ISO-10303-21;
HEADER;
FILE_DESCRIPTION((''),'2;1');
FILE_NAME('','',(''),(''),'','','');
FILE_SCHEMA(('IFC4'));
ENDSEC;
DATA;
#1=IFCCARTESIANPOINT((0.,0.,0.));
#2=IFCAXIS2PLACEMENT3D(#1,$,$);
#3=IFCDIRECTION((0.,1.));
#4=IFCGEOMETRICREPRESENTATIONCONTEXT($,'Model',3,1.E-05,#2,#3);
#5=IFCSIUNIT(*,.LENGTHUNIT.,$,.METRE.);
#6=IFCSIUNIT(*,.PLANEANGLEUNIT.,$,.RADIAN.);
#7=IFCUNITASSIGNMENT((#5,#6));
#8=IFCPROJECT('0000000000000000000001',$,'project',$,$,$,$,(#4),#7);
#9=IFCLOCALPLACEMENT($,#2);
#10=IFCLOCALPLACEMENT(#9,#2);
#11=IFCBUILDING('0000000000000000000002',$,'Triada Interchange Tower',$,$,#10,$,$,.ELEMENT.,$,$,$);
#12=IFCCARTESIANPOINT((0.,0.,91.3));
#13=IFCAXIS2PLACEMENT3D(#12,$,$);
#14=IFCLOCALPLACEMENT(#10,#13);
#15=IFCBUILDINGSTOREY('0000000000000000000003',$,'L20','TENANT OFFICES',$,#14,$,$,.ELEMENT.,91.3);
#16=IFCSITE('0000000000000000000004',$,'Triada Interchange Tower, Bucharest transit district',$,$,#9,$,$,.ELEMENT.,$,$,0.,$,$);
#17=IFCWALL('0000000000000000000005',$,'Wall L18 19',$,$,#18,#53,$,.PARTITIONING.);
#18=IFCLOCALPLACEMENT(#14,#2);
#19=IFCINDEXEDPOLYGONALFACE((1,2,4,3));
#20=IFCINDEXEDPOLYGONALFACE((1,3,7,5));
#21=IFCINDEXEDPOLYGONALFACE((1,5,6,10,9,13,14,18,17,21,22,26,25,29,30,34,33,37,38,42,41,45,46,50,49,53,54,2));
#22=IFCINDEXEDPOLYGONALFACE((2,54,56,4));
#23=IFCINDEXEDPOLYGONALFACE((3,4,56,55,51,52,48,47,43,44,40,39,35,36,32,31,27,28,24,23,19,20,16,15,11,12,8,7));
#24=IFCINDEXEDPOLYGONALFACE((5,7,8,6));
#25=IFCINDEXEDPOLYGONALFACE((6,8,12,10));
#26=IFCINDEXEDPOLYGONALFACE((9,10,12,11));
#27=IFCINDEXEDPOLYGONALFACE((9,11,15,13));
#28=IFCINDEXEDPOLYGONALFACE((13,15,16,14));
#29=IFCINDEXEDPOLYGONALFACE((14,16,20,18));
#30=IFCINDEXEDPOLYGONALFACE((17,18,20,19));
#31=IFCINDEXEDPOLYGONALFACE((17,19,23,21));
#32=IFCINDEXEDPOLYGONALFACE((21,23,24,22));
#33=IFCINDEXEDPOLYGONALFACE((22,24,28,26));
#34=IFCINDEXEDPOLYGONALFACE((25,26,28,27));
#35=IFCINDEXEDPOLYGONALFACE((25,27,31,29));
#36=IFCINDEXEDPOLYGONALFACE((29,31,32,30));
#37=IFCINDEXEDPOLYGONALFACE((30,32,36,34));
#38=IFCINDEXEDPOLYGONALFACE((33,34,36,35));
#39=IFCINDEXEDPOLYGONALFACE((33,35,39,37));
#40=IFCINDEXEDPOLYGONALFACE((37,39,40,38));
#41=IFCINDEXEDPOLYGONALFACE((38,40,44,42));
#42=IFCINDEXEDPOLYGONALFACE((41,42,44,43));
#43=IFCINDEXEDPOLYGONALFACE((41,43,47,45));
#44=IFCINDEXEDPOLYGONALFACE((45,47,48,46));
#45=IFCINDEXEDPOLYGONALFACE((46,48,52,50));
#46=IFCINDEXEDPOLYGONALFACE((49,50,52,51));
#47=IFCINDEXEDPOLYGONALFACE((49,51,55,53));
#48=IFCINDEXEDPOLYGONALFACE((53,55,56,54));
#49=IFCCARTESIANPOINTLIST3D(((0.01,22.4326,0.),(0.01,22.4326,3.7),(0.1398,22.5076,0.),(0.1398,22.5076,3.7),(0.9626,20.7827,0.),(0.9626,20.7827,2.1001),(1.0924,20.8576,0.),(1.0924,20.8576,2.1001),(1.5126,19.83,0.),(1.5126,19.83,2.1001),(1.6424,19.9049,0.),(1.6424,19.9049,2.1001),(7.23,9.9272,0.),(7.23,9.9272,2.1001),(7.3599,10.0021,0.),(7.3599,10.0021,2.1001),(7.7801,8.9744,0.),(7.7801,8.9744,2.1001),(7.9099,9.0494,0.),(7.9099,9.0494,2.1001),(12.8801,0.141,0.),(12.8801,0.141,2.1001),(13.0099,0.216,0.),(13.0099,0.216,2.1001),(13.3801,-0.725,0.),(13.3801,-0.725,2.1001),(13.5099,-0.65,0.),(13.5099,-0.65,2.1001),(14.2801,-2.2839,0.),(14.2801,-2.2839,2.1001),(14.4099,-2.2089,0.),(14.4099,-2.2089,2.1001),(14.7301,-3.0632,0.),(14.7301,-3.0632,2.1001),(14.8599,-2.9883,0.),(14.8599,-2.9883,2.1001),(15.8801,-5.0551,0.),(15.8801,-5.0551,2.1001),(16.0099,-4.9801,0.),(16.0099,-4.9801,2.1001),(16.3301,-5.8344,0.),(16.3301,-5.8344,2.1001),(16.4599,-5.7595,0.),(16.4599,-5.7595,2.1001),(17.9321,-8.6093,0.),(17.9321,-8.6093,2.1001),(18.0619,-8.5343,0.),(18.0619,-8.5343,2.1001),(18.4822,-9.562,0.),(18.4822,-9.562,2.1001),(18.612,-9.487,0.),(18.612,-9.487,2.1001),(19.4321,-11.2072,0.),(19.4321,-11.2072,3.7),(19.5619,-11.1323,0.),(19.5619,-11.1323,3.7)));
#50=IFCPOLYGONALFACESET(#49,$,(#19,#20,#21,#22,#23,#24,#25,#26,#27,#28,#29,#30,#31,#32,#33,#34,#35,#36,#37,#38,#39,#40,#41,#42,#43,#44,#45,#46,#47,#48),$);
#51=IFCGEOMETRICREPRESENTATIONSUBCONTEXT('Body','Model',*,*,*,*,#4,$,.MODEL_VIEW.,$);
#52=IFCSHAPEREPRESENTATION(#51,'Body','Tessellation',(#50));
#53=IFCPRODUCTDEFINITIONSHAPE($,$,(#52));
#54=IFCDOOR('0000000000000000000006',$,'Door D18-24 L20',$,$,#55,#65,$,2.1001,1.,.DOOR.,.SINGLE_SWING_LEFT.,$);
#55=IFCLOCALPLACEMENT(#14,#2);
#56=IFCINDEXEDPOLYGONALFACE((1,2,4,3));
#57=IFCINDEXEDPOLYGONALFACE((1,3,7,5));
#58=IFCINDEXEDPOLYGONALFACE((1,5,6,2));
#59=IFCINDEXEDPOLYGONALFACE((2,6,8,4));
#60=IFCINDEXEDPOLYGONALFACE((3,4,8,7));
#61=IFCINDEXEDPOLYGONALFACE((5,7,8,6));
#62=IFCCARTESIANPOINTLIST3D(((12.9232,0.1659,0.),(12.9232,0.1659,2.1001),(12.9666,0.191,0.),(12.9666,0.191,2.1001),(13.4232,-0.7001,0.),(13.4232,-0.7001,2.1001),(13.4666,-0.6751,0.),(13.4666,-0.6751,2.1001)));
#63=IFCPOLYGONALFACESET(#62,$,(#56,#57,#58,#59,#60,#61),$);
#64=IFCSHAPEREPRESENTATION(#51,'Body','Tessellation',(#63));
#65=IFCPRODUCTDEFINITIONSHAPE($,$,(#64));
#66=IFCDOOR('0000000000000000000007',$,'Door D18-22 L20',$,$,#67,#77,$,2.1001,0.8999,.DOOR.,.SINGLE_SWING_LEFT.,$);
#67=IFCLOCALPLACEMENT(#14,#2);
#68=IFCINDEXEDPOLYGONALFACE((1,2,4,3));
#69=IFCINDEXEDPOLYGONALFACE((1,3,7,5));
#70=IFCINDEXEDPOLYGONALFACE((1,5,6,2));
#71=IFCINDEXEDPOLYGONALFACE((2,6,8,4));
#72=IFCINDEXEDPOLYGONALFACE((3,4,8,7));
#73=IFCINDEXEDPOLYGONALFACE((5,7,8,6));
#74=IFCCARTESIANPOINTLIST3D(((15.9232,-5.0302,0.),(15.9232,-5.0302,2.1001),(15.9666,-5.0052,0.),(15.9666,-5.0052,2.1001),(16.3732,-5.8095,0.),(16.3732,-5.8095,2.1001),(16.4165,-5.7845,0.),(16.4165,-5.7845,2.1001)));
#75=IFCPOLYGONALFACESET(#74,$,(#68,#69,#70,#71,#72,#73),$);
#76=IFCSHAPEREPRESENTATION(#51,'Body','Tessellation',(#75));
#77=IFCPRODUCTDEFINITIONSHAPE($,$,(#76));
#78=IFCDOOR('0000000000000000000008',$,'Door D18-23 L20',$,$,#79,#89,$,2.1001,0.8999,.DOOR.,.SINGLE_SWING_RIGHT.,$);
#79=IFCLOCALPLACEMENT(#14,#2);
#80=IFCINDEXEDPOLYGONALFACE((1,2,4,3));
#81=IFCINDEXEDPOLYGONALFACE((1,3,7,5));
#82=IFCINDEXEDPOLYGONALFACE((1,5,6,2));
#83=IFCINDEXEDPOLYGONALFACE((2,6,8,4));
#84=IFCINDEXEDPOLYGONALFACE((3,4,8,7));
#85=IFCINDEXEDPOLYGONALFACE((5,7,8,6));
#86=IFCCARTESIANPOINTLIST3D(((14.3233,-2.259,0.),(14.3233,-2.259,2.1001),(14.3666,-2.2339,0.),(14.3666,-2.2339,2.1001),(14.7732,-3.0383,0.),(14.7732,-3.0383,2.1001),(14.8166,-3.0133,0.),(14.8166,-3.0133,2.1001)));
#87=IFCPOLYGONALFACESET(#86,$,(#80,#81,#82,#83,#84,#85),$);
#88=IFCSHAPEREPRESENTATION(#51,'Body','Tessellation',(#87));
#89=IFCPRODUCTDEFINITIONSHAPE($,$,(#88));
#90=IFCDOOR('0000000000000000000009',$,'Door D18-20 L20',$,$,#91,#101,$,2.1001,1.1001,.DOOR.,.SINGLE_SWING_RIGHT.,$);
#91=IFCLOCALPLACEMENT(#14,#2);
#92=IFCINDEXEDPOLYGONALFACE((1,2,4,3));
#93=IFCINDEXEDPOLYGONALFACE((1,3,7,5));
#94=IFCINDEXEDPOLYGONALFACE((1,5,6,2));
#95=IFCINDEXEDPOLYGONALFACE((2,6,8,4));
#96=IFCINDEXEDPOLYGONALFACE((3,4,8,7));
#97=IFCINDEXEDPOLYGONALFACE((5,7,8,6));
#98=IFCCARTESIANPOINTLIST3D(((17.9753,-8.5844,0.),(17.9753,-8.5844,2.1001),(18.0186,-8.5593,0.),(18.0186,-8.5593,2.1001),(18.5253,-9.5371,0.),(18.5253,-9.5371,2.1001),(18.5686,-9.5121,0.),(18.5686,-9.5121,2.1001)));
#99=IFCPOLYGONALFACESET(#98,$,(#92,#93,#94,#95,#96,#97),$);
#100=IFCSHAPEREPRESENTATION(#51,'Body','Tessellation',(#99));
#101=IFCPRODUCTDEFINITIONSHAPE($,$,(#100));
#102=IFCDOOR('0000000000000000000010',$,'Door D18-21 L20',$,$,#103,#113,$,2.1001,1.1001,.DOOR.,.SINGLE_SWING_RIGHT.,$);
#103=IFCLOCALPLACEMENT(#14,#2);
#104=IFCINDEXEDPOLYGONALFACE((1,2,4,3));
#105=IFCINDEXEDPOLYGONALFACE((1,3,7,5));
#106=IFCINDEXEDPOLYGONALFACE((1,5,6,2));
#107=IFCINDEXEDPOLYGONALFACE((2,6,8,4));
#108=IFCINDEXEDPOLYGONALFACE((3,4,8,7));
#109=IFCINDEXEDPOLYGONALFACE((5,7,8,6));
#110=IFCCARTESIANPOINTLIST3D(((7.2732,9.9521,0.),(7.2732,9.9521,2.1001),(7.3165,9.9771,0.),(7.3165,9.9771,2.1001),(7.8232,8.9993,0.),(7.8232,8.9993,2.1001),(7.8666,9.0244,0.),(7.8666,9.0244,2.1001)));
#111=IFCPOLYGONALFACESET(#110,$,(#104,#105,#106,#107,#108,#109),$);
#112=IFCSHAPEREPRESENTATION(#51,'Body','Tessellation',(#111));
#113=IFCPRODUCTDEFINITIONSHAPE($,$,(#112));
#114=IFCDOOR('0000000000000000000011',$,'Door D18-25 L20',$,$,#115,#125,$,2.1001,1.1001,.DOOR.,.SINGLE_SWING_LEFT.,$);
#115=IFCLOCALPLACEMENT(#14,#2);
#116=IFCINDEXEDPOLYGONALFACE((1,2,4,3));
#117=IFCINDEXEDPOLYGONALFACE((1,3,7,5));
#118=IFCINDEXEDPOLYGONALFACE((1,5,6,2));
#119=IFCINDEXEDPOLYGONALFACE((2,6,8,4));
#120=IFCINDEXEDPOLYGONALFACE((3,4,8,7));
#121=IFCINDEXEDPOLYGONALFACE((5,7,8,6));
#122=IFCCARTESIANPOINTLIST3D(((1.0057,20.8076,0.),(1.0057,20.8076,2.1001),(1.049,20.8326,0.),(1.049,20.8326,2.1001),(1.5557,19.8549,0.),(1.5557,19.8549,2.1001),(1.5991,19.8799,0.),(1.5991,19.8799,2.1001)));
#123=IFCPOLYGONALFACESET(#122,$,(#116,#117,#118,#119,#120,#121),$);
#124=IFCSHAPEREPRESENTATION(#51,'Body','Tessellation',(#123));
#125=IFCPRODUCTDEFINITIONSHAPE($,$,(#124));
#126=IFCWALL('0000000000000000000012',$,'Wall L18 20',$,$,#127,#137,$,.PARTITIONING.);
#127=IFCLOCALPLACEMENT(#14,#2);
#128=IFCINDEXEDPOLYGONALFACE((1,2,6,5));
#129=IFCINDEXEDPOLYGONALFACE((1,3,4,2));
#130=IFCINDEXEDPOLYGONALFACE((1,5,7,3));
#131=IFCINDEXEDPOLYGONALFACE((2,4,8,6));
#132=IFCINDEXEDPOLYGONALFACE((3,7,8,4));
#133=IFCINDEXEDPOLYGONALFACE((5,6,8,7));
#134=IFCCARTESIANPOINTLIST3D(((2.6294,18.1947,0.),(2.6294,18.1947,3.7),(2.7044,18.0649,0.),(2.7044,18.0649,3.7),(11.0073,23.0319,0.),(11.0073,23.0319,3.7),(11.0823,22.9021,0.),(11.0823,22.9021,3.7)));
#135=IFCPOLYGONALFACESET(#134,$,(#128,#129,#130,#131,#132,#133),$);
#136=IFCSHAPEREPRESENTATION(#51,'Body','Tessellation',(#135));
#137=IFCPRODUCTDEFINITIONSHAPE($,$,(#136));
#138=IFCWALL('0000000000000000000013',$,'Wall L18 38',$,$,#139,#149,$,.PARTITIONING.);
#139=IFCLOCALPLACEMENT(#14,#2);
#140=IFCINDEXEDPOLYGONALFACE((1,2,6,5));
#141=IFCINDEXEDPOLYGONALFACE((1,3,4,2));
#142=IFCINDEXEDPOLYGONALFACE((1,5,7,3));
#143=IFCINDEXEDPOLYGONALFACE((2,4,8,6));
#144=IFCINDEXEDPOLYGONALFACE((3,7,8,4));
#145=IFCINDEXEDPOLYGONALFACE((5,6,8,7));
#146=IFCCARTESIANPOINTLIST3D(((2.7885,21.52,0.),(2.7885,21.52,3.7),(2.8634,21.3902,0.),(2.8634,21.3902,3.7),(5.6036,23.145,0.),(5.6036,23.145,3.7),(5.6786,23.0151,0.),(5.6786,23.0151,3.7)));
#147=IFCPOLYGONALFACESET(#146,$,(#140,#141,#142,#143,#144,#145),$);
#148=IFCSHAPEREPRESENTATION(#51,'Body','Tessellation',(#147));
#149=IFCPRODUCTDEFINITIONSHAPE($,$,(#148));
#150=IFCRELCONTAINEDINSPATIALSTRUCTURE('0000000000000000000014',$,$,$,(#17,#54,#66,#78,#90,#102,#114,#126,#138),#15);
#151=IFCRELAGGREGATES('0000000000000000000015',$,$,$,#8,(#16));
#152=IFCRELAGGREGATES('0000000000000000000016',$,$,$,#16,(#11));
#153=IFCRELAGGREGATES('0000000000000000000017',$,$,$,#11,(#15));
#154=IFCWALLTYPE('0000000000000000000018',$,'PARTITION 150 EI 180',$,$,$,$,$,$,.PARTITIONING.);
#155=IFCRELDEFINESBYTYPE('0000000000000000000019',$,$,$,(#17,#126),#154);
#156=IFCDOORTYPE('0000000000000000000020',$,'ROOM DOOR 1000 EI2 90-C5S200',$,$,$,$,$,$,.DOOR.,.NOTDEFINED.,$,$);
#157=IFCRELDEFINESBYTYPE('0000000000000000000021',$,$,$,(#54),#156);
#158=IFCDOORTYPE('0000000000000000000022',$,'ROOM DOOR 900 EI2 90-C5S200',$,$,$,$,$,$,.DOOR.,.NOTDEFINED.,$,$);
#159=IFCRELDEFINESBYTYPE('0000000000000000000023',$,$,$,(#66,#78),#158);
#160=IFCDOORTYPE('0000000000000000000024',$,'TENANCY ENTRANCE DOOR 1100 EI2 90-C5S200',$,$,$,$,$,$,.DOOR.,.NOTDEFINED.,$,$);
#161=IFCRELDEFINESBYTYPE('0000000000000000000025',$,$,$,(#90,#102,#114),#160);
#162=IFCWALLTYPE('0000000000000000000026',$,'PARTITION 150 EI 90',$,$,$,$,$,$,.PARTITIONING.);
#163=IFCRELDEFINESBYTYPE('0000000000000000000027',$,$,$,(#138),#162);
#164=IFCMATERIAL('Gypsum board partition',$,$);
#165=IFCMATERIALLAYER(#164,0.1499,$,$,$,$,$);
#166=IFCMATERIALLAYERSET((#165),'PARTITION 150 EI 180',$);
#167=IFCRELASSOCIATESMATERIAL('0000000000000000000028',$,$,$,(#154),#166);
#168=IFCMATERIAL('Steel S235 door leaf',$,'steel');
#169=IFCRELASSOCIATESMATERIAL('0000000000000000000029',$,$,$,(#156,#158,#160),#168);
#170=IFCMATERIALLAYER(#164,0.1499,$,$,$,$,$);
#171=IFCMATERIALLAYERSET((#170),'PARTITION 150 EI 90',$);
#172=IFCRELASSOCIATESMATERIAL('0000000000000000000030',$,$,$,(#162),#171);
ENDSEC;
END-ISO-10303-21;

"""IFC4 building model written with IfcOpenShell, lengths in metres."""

from ifc_helpers import new_model, si_unit, direction, frame, frame_2d, origin, place, context, subcontext, project, spatial, rectangle, extrude, material, layer, layer_set, type_object, element, fill, save


model = new_model("IFC4")

# Units and contexts
model_context = context("Model", 3, precision=1e-05, world=origin(), true_north=direction((0.0, 1.0)))
body_context = subcontext(model_context, "Body", "Model", "MODEL_VIEW")
ifc_project = project(units=[si_unit("LENGTHUNIT", "METRE"), si_unit("PLANEANGLEUNIT", "RADIAN")], contexts=[model_context])

# Site, building, storey
site_placement = place(None, origin())
site = spatial("IfcSite", under=ifc_project, at=site_placement, Name="Triada Interchange Tower, Bucharest transit district", CompositionType="ELEMENT", RefElevation=0.0)
building_placement = place(site_placement, origin())
building = spatial("IfcBuilding", under=site, at=building_placement, Name="Triada Interchange Tower", CompositionType="ELEMENT")
storey_placement = place(building_placement, frame((0.0, 0.0, 91.3)))
storey = spatial("IfcBuildingStorey", under=building, at=storey_placement, Name="L20", Description="TENANT OFFICES", CompositionType="ELEMENT", Elevation=91.3)

# Shared definitions
ifc_material_1 = material(Name="Steel S235 door leaf", Category="steel")

# Shared definitions
ifc_material_2 = material(Name="Gypsum board partition")
ifc_layer_1 = layer(ifc_material_2, 0.1499)
ifc_layer_set_1 = layer_set([ifc_layer_1], Name="PARTITION 150 EI 180")
wall_type_1 = type_object("IfcWallType", Name="PARTITION 150 EI 180", PredefinedType="PARTITIONING", material=ifc_layer_set_1)

# Wall, openings, doors
wall_1_placement = place(storey_placement, frame((0.075, 22.47, 0.0), z_axis=(0.0, 0.0, 1.0), x_axis=(0.500002, -0.866024, 0.0)))
wall_1 = element("IfcWall", 1, at=wall_1_placement, inside=storey, type_object=wall_type_1, Name="Wall L18 19", PredefinedType="PARTITIONING", context=body_context, shape_type="SweptSolid", body=[
    extrude(rectangle(XDim=38.844, YDim=0.1499, at=frame_2d((19.4219, 0.0))), origin(), (0.0, 0.0, 1.0), 3.7),
])
opening_1_placement = place(wall_1_placement, frame((35.844, 0.0, 0.0)))
opening_1 = element("IfcOpeningElement", 2, at=opening_1_placement, cuts=wall_1, PredefinedType="OPENING", context=body_context, shape_type="SweptSolid", body=[
    extrude(rectangle(XDim=1.1001, YDim=2.1001, at=frame_2d((0.55, 1.05))), frame((0.0, 0.085, 0.0), z_axis=(0.0, -1.0, 0.0), x_axis=(1.0, 0.0, 0.0)), (0.0, 0.0, 1.0), 0.1699),
])
opening_2_placement = place(wall_1_placement, frame((14.4399, 0.0, 0.0)))
opening_2 = element("IfcOpeningElement", 3, at=opening_2_placement, cuts=wall_1, PredefinedType="OPENING", context=body_context, shape_type="SweptSolid", body=[
    extrude(rectangle(XDim=1.1001, YDim=2.1001, at=frame_2d((0.55, 1.05))), frame((0.0, 0.085, 0.0), z_axis=(0.0, -1.0, 0.0), x_axis=(1.0, 0.0, 0.0)), (0.0, 0.0, 1.0), 0.1699),
])
opening_3_placement = place(wall_1_placement, frame((31.74, 0.0, 0.0)))
opening_3 = element("IfcOpeningElement", 4, at=opening_3_placement, cuts=wall_1, PredefinedType="OPENING", context=body_context, shape_type="SweptSolid", body=[
    extrude(rectangle(XDim=0.8999, YDim=2.1001, at=frame_2d((0.45, 1.05))), frame((0.0, 0.085, 0.0), z_axis=(0.0, -1.0, 0.0), x_axis=(1.0, 0.0, 0.0)), (0.0, 0.0, 1.0), 0.1699),
])
opening_4_placement = place(wall_1_placement, frame((28.54, 0.0, 0.0)))
opening_4 = element("IfcOpeningElement", 5, at=opening_4_placement, cuts=wall_1, PredefinedType="OPENING", context=body_context, shape_type="SweptSolid", body=[
    extrude(rectangle(XDim=0.8999, YDim=2.1001, at=frame_2d((0.45, 1.05))), frame((0.0, 0.085, 0.0), z_axis=(0.0, -1.0, 0.0), x_axis=(1.0, 0.0, 0.0)), (0.0, 0.0, 1.0), 0.1699),
])
opening_5_placement = place(wall_1_placement, frame((25.74, 0.0, 0.0)))
opening_5 = element("IfcOpeningElement", 6, at=opening_5_placement, cuts=wall_1, PredefinedType="OPENING", context=body_context, shape_type="SweptSolid", body=[
    extrude(rectangle(XDim=1.0, YDim=2.1001, at=frame_2d((0.5, 1.05))), frame((0.0, 0.085, 0.0), z_axis=(0.0, -1.0, 0.0), x_axis=(1.0, 0.0, 0.0)), (0.0, 0.0, 1.0), 0.1699),
])
opening_6_placement = place(wall_1_placement, frame((1.905, 0.0, 0.0)))
opening_6 = element("IfcOpeningElement", 7, at=opening_6_placement, cuts=wall_1, PredefinedType="OPENING", context=body_context, shape_type="SweptSolid", body=[
    extrude(rectangle(XDim=1.1001, YDim=2.1001, at=frame_2d((0.55, 1.05))), frame((0.0, 0.085, 0.0), z_axis=(0.0, -1.0, 0.0), x_axis=(1.0, 0.0, 0.0)), (0.0, 0.0, 1.0), 0.1699),
])
door_type_1 = type_object("IfcDoorType", Name="ROOM DOOR 1000 EI2 90-C5S200", OperationType="NOTDEFINED", PredefinedType="DOOR", material=ifc_material_1)
door_1_placement = place(opening_5_placement, origin())
door_1 = element("IfcDoor", 8, at=door_1_placement, inside=storey, type_object=door_type_1, Name="Door D18-24 L20", OperationType="SINGLE_SWING_LEFT", OverallHeight=2.1001, OverallWidth=1.0, PredefinedType="DOOR", context=body_context, shape_type="SweptSolid", body=[
    extrude(rectangle(XDim=1.0, YDim=2.1001, at=frame_2d((0.5, 1.05))), frame((0.0, 0.0249, 0.0), z_axis=(0.0, -1.0, 0.0), x_axis=(1.0, 0.0, 0.0)), (0.0, 0.0, 1.0), 0.05),
])
fill(opening_5, door_1)
door_type_2 = type_object("IfcDoorType", Name="ROOM DOOR 900 EI2 90-C5S200", OperationType="NOTDEFINED", PredefinedType="DOOR", material=ifc_material_1)
door_2_placement = place(opening_3_placement, origin())
door_2 = element("IfcDoor", 9, at=door_2_placement, inside=storey, type_object=door_type_2, Name="Door D18-22 L20", OperationType="SINGLE_SWING_LEFT", OverallHeight=2.1001, OverallWidth=0.8999, PredefinedType="DOOR", context=body_context, shape_type="SweptSolid", body=[
    extrude(rectangle(XDim=0.8999, YDim=2.1001, at=frame_2d((0.45, 1.05))), frame((0.0, 0.0249, 0.0), z_axis=(0.0, -1.0, 0.0), x_axis=(1.0, 0.0, 0.0)), (0.0, 0.0, 1.0), 0.05),
])
fill(opening_3, door_2)
door_3_placement = place(opening_4_placement, origin())
door_3 = element("IfcDoor", 10, at=door_3_placement, inside=storey, type_object=door_type_2, Name="Door D18-23 L20", OperationType="SINGLE_SWING_RIGHT", OverallHeight=2.1001, OverallWidth=0.8999, PredefinedType="DOOR", context=body_context, shape_type="SweptSolid", body=[
    extrude(rectangle(XDim=0.8999, YDim=2.1001, at=frame_2d((0.45, 1.05))), frame((0.0, 0.0249, 0.0), z_axis=(0.0, -1.0, 0.0), x_axis=(1.0, 0.0, 0.0)), (0.0, 0.0, 1.0), 0.05),
])
fill(opening_4, door_3)
door_type_3 = type_object("IfcDoorType", Name="TENANCY ENTRANCE DOOR 1100 EI2 90-C5S200", OperationType="NOTDEFINED", PredefinedType="DOOR", material=ifc_material_1)
door_4_placement = place(opening_1_placement, origin())
door_4 = element("IfcDoor", 11, at=door_4_placement, inside=storey, type_object=door_type_3, Name="Door D18-20 L20", OperationType="SINGLE_SWING_RIGHT", OverallHeight=2.1001, OverallWidth=1.1001, PredefinedType="DOOR", context=body_context, shape_type="SweptSolid", body=[
    extrude(rectangle(XDim=1.1001, YDim=2.1001, at=frame_2d((0.55, 1.05))), frame((0.0, 0.0249, 0.0), z_axis=(0.0, -1.0, 0.0), x_axis=(1.0, 0.0, 0.0)), (0.0, 0.0, 1.0), 0.05),
])
fill(opening_1, door_4)
door_5_placement = place(opening_2_placement, origin())
door_5 = element("IfcDoor", 12, at=door_5_placement, inside=storey, type_object=door_type_3, Name="Door D18-21 L20", OperationType="SINGLE_SWING_RIGHT", OverallHeight=2.1001, OverallWidth=1.1001, PredefinedType="DOOR", context=body_context, shape_type="SweptSolid", body=[
    extrude(rectangle(XDim=1.1001, YDim=2.1001, at=frame_2d((0.55, 1.05))), frame((0.0, 0.0249, 0.0), z_axis=(0.0, -1.0, 0.0), x_axis=(1.0, 0.0, 0.0)), (0.0, 0.0, 1.0), 0.05),
])
fill(opening_2, door_5)
door_6_placement = place(opening_6_placement, origin())
door_6 = element("IfcDoor", 13, at=door_6_placement, inside=storey, type_object=door_type_3, Name="Door D18-25 L20", OperationType="SINGLE_SWING_LEFT", OverallHeight=2.1001, OverallWidth=1.1001, PredefinedType="DOOR", context=body_context, shape_type="SweptSolid", body=[
    extrude(rectangle(XDim=1.1001, YDim=2.1001, at=frame_2d((0.55, 1.05))), frame((0.0, 0.0249, 0.0), z_axis=(0.0, -1.0, 0.0), x_axis=(1.0, 0.0, 0.0)), (0.0, 0.0, 1.0), 0.05),
])
fill(opening_6, door_6)

# Walls
wall_2_placement = place(storey_placement, frame((2.667, 18.1299, 0.0), z_axis=(0.0, 0.0, 1.0), x_axis=(0.866018, 0.500012, 0.0)))
element("IfcWall", 14, at=wall_2_placement, inside=storey, type_object=wall_type_1, Name="Wall L18 20", PredefinedType="PARTITIONING", context=body_context, shape_type="SweptSolid", body=[
    extrude(rectangle(XDim=9.6741, YDim=0.1499, at=frame_2d((4.8369, 0.0))), origin(), (0.0, 0.0, 1.0), 3.7),
])
ifc_layer_2 = layer(ifc_material_2, 0.1499)
ifc_layer_set_2 = layer_set([ifc_layer_2], Name="PARTITION 150 EI 90")
wall_type_2 = type_object("IfcWallType", Name="PARTITION 150 EI 90", PredefinedType="PARTITIONING", material=ifc_layer_set_2)
wall_3_placement = place(storey_placement, frame((2.8259, 21.4551, 0.0), z_axis=(0.0, 0.0, 1.0), x_axis=(0.866072, 0.49992, 0.0)))
element("IfcWall", 15, at=wall_3_placement, inside=storey, type_object=wall_type_2, Name="Wall L18 38", PredefinedType="PARTITIONING", context=body_context, shape_type="SweptSolid", body=[
    extrude(rectangle(XDim=3.2505, YDim=0.1499, at=frame_2d((1.6252, 0.0))), origin(), (0.0, 0.0, 1.0), 3.7),
])

save(model, "model.ifc")
